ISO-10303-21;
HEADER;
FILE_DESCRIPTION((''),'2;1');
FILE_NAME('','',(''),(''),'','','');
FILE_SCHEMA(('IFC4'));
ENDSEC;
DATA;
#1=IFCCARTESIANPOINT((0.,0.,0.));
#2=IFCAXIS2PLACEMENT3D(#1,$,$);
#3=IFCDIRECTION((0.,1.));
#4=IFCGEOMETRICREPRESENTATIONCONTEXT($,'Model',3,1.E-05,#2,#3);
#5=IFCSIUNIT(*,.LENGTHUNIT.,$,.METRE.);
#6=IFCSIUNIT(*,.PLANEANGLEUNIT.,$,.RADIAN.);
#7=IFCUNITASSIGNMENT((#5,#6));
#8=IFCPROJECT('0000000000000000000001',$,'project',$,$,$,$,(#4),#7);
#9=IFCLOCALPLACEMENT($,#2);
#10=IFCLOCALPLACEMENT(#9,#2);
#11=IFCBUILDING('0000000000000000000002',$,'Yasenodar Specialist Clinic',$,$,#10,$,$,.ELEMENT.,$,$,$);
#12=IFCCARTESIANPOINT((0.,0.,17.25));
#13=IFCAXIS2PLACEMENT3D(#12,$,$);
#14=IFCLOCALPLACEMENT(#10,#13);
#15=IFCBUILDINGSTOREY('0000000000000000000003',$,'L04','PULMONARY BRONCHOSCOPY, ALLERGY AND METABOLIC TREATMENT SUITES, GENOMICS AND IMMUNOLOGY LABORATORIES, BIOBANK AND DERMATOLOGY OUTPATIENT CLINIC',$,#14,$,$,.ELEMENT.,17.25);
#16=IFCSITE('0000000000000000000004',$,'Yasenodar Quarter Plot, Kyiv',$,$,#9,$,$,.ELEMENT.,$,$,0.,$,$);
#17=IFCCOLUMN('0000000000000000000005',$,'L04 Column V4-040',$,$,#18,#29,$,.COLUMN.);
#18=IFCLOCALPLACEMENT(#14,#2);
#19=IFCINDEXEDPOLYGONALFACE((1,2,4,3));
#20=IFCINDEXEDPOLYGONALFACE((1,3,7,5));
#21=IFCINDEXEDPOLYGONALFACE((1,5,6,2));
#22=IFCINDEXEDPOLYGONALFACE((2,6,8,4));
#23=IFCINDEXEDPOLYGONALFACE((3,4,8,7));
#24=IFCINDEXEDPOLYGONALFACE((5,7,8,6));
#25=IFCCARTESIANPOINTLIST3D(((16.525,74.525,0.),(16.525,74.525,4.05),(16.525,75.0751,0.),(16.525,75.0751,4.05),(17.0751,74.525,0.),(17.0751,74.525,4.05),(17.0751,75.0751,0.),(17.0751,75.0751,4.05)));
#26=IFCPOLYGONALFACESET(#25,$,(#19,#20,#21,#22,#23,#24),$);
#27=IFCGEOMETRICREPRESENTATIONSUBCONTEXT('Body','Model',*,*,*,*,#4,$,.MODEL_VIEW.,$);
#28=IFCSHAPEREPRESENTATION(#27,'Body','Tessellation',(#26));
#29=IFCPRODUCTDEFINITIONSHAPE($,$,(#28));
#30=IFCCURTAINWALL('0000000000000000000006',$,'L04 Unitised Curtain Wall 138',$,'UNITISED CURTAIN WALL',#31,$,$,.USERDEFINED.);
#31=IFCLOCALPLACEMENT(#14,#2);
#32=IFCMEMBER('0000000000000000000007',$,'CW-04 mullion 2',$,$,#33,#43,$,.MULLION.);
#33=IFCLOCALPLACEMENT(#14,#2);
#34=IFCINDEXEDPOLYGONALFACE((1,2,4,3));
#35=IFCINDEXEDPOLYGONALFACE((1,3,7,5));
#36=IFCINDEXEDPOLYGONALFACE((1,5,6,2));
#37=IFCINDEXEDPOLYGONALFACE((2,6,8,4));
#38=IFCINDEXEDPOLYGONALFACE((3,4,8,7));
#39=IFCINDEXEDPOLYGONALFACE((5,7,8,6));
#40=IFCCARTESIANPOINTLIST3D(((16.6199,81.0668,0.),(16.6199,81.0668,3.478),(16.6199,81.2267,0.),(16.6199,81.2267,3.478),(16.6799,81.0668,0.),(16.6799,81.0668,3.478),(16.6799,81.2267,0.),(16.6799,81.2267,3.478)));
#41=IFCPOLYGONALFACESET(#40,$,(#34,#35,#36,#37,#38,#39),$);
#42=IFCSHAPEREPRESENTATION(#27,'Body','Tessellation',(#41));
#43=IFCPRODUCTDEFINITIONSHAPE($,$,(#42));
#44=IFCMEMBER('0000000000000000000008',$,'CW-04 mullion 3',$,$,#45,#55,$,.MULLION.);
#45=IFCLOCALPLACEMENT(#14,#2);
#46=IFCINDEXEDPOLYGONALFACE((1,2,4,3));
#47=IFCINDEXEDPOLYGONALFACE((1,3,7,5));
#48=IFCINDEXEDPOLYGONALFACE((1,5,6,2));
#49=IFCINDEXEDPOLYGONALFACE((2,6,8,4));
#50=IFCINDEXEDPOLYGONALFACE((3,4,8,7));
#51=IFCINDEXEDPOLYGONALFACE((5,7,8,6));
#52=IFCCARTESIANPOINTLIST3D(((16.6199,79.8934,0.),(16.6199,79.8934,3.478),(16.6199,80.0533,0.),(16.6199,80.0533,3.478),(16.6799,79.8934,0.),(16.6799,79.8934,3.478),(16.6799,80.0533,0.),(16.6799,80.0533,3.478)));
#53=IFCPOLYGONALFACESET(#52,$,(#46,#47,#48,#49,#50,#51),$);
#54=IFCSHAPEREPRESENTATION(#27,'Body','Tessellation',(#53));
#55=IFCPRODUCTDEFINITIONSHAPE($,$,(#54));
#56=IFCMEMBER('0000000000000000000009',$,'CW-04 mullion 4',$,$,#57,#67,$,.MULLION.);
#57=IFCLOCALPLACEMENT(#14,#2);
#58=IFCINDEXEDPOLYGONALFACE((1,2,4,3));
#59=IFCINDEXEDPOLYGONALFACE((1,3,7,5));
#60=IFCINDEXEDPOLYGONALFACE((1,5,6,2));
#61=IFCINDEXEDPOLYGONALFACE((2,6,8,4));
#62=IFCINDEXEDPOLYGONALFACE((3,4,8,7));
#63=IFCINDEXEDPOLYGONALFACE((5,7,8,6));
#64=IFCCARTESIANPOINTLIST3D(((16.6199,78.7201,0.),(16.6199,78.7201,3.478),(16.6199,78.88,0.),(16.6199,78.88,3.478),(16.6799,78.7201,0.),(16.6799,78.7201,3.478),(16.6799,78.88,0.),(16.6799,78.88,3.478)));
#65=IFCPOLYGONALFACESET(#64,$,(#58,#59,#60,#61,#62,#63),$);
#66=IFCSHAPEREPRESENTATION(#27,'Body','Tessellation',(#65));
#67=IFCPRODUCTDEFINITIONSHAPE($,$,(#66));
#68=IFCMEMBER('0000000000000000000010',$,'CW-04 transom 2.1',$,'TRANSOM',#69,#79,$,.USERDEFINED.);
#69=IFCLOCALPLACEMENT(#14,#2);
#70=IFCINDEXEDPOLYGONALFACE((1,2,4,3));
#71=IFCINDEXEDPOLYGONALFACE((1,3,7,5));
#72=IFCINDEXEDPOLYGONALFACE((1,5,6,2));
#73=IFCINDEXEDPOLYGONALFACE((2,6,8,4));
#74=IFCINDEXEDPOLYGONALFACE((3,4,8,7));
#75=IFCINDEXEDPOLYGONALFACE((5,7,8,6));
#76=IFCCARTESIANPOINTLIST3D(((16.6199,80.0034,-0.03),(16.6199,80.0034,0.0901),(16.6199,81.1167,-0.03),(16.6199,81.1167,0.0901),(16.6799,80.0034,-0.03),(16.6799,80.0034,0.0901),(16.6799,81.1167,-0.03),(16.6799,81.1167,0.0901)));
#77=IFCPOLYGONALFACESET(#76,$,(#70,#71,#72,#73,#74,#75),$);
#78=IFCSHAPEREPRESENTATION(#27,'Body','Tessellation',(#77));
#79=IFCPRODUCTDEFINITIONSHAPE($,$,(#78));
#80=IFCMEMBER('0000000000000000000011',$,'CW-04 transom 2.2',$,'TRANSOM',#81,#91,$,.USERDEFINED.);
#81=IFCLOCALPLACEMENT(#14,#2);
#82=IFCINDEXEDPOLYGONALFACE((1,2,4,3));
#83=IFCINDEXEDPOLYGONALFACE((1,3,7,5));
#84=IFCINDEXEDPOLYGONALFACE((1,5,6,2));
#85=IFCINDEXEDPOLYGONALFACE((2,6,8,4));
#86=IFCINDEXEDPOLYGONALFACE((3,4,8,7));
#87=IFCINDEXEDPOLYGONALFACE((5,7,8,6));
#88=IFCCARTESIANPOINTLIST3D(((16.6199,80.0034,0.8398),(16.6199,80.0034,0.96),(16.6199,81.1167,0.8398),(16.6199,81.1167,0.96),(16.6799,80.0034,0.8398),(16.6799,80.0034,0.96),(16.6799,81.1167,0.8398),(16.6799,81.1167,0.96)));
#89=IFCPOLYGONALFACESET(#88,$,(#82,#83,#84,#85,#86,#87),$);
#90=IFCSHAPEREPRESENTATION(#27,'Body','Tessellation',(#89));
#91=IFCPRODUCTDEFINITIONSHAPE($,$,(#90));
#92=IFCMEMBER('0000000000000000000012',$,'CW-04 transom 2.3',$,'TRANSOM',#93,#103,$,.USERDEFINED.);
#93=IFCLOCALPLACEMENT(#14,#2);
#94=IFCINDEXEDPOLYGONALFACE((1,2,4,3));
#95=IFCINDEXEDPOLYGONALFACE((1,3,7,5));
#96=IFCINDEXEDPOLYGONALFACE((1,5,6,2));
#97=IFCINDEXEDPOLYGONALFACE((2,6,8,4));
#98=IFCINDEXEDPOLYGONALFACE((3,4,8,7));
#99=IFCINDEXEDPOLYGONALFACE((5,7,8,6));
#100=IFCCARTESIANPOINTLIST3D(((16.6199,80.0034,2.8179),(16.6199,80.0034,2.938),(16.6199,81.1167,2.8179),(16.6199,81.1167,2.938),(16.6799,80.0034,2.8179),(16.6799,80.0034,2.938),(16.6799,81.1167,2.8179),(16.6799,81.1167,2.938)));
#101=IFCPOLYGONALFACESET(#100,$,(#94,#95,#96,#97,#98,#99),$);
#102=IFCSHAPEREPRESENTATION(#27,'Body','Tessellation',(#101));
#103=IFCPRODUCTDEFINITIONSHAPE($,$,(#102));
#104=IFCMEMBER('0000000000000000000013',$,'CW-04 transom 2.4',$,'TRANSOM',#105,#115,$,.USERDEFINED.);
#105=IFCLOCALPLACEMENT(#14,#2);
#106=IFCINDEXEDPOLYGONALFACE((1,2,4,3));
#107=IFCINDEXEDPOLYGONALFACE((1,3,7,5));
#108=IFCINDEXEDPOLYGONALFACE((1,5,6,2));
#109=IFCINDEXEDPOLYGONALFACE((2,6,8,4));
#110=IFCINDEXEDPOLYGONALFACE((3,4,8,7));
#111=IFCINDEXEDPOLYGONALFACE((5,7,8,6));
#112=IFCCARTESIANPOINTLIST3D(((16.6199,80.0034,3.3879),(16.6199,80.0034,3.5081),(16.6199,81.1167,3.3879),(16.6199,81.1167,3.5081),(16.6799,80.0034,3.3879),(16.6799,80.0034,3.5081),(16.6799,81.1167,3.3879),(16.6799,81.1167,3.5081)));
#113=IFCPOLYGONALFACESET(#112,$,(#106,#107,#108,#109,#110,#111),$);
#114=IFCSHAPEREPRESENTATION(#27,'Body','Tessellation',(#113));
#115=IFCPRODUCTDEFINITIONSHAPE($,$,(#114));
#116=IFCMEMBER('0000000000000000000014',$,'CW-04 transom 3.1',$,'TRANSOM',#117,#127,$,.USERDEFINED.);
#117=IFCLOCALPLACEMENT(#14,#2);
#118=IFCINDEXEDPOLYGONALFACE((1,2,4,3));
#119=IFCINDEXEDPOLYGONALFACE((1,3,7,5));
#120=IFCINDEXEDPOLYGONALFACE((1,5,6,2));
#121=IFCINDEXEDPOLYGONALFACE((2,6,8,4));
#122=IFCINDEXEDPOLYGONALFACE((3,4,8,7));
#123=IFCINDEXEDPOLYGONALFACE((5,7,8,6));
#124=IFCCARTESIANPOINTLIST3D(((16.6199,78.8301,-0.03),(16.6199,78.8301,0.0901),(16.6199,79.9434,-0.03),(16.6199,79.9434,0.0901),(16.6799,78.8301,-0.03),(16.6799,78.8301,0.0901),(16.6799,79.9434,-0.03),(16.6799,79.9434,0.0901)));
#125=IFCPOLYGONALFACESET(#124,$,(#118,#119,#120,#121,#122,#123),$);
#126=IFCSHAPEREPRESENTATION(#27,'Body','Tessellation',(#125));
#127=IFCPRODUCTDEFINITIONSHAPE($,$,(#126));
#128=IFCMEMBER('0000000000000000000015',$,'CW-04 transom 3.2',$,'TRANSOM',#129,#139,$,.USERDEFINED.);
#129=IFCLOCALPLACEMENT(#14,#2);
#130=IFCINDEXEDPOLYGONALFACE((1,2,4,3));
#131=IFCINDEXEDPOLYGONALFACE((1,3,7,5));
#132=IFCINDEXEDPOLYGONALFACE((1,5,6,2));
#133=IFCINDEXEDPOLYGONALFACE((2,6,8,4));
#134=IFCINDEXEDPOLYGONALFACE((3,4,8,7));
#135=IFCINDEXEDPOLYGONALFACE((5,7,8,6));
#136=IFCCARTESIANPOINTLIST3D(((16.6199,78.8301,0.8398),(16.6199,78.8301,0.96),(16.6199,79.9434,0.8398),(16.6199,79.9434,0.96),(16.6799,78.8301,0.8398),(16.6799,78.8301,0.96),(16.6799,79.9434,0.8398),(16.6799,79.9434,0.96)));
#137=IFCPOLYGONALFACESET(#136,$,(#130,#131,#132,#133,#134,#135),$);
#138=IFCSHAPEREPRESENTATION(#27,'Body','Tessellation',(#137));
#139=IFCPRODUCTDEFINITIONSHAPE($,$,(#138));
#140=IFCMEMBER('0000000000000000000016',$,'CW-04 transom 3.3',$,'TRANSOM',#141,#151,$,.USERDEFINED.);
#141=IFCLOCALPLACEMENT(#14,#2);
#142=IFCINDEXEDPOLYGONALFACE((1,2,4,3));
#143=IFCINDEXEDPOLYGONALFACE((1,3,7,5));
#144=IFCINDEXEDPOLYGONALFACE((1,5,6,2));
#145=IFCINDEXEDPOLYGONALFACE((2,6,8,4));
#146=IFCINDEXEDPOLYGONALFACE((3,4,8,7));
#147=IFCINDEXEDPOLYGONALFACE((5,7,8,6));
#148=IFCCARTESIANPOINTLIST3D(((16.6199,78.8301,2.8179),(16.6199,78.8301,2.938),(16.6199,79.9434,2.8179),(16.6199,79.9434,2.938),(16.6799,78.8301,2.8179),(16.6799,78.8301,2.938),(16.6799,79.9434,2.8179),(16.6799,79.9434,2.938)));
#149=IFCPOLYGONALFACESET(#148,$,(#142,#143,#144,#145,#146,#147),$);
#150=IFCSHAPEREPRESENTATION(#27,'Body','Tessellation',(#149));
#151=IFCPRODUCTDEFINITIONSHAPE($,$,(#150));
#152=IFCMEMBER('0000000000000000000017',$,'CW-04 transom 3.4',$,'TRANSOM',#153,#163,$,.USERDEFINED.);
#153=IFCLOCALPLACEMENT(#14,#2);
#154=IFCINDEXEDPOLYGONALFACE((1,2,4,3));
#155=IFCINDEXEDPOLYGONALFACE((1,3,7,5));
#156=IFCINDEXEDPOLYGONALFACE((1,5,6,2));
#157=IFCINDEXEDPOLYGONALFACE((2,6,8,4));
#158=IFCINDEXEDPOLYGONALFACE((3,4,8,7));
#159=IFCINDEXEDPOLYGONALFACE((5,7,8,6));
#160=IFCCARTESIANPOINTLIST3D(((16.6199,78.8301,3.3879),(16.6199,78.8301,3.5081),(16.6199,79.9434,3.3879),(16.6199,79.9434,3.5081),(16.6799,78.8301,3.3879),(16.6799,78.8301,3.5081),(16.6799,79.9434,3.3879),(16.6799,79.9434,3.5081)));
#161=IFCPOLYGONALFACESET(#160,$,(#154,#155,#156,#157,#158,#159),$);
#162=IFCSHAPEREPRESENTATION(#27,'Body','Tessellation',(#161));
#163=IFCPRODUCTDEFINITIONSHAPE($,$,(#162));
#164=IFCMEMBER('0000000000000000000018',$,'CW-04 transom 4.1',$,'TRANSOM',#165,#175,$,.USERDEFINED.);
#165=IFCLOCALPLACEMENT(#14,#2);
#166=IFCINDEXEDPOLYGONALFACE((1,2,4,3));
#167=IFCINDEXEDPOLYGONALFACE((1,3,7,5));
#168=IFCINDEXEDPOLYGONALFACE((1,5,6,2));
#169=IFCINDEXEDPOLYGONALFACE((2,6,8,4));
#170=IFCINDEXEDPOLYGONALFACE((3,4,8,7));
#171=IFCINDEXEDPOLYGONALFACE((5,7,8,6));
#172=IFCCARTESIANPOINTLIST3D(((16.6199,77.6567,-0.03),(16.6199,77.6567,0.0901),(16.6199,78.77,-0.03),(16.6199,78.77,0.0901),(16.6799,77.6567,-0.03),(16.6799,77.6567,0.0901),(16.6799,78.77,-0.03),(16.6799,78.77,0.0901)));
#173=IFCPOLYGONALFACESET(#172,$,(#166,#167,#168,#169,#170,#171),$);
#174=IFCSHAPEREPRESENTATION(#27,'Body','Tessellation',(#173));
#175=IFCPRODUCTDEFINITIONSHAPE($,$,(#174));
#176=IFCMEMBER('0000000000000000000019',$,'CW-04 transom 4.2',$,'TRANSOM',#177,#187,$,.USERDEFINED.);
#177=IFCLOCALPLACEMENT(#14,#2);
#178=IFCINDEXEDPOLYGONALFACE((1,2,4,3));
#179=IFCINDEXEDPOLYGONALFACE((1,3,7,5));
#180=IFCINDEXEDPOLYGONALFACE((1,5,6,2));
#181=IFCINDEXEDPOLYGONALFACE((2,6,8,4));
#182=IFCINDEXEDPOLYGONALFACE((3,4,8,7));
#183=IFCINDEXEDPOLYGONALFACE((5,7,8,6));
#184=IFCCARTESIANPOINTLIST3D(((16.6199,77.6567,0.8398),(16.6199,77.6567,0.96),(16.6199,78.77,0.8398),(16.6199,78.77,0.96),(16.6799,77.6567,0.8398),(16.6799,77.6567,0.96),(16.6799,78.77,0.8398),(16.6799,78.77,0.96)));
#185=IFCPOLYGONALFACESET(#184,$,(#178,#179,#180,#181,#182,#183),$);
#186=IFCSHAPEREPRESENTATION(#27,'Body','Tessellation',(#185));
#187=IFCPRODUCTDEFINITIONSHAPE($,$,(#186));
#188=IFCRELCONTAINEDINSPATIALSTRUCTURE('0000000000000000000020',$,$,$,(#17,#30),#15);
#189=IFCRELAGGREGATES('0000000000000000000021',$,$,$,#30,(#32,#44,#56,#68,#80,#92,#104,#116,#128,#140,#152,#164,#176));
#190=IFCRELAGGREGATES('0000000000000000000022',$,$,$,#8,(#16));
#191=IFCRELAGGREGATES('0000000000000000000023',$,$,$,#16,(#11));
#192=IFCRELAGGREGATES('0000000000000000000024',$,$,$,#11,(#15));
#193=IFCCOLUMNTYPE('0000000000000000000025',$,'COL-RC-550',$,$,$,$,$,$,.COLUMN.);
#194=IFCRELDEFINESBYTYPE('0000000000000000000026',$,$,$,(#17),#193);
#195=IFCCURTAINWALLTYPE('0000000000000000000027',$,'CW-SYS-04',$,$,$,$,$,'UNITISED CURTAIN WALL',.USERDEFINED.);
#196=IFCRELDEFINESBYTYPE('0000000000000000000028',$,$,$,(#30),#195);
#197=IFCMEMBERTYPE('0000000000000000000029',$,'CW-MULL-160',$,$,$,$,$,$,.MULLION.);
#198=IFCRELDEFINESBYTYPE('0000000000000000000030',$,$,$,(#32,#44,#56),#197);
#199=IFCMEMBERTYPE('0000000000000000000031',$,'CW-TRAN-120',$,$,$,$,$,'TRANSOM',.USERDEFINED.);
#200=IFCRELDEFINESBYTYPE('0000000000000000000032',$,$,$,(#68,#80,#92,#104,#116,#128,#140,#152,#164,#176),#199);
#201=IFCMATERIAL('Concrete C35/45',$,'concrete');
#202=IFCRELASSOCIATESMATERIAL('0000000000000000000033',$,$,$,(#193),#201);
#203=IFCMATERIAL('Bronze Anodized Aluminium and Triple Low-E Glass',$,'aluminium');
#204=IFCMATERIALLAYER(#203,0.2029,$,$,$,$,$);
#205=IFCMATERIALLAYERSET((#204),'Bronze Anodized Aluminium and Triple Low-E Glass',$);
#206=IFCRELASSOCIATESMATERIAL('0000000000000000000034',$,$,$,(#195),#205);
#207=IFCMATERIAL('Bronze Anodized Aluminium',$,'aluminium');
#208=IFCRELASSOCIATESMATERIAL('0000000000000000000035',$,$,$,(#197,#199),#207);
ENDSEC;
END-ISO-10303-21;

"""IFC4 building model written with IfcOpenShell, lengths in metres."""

from ifc_helpers import new_model, si_unit, direction, frame, origin, origin_2d, place, context, subcontext, project, spatial, rectangle, extrude, material, layer, layer_set, material_profile, profile_set, type_object, element, aggregate, save


model = new_model("IFC4")

# Units and contexts
model_context = context("Model", 3, precision=1e-05, world=origin(), true_north=direction((0.0, 1.0)))
body_context = subcontext(model_context, "Body", "Model", "MODEL_VIEW")
ifc_project = project(units=[si_unit("LENGTHUNIT", "METRE"), si_unit("PLANEANGLEUNIT", "RADIAN")], contexts=[model_context])

# Site, building, storey
site_placement = place(None, origin())
site = spatial("IfcSite", under=ifc_project, at=site_placement, Name="Yasenodar Quarter Plot, Kyiv", CompositionType="ELEMENT", RefElevation=0.0)
building_placement = place(site_placement, origin())
building = spatial("IfcBuilding", under=site, at=building_placement, Name="Yasenodar Specialist Clinic", CompositionType="ELEMENT")
storey_placement = place(building_placement, frame((0.0, 0.0, 17.25)))
storey = spatial("IfcBuildingStorey", under=building, at=storey_placement, Name="L04", Description="PULMONARY BRONCHOSCOPY, ALLERGY AND METABOLIC TREATMENT SUITES, GENOMICS AND IMMUNOLOGY LABORATORIES, BIOBANK AND DERMATOLOGY OUTPATIENT CLINIC", CompositionType="ELEMENT", Elevation=17.25)

# Column
ifc_material_1 = material(Name="Concrete C35/45", Category="concrete")
ifc_material_profile_1 = material_profile(ifc_material_1, rectangle(XDim=0.55, YDim=0.55, at=origin_2d()), Name="RC 550x550")
ifc_profile_set_1 = profile_set([ifc_material_profile_1], Name="Concrete C35/45")
column_type = type_object("IfcColumnType", Name="COL-RC-550", PredefinedType="COLUMN", material=ifc_profile_set_1)
column_placement = place(storey_placement, frame((16.8, 74.8, 0.0), z_axis=(0.0, 0.0, 1.0), x_axis=(1.0, 0.0, 0.0)))
element("IfcColumn", 1, at=column_placement, inside=storey, type_object=column_type, Name="L04 Column V4-040", PredefinedType="COLUMN", context=body_context, shape_type="SweptSolid", body=[
    extrude(rectangle(XDim=0.55, YDim=0.55, at=origin_2d()), origin(), (0.0, 0.0, 1.0), 4.05),
])

# Curtain wall, members
ifc_material_2 = material(Name="Bronze Anodized Aluminium and Triple Low-E Glass", Category="aluminium")
ifc_layer_1 = layer(ifc_material_2, 0.2029)
ifc_layer_set_1 = layer_set([ifc_layer_1], Name="Bronze Anodized Aluminium and Triple Low-E Glass")
curtain_wall_type = type_object("IfcCurtainWallType", Name="CW-SYS-04", ElementType="UNITISED CURTAIN WALL", PredefinedType="USERDEFINED", material=ifc_layer_set_1)
curtain_wall_placement = place(storey_placement, origin())
curtain_wall = element("IfcCurtainWall", 2, at=curtain_wall_placement, inside=storey, type_object=curtain_wall_type, Name="L04 Unitised Curtain Wall 138", ObjectType="UNITISED CURTAIN WALL", PredefinedType="USERDEFINED")
ifc_material_3 = material(Name="Bronze Anodized Aluminium", Category="aluminium")
ifc_material_profile_2 = material_profile(ifc_material_3, rectangle(XDim=0.0601, YDim=0.1599, at=origin_2d()), Name="CW-MULL 60x160")
ifc_profile_set_2 = profile_set([ifc_material_profile_2], Name="Bronze Anodized Aluminium")
member_type_1 = type_object("IfcMemberType", Name="CW-MULL-160", PredefinedType="MULLION", material=ifc_profile_set_2)
member_1_placement = place(storey_placement, frame((16.6499, 81.1467, 0.0), z_axis=(0.0, 0.0, 1.0), x_axis=(1.0, 0.0, 0.0)))
member_1 = element("IfcMember", 3, at=member_1_placement, type_object=member_type_1, Name="CW-04 mullion 2", PredefinedType="MULLION", context=body_context, shape_type="SweptSolid", body=[
    extrude(rectangle(XDim=0.0601, YDim=0.1599, at=origin_2d()), origin(), (0.0, 0.0, 1.0), 3.478),
])
member_2_placement = place(storey_placement, frame((16.6499, 79.9734, 0.0), z_axis=(0.0, 0.0, 1.0), x_axis=(1.0, 0.0, 0.0)))
member_2 = element("IfcMember", 4, at=member_2_placement, type_object=member_type_1, Name="CW-04 mullion 3", PredefinedType="MULLION", context=body_context, shape_type="SweptSolid", body=[
    extrude(rectangle(XDim=0.0601, YDim=0.1599, at=origin_2d()), origin(), (0.0, 0.0, 1.0), 3.478),
])
member_3_placement = place(storey_placement, frame((16.6499, 78.8, 0.0), z_axis=(0.0, 0.0, 1.0), x_axis=(1.0, 0.0, 0.0)))
member_3 = element("IfcMember", 5, at=member_3_placement, type_object=member_type_1, Name="CW-04 mullion 4", PredefinedType="MULLION", context=body_context, shape_type="SweptSolid", body=[
    extrude(rectangle(XDim=0.0601, YDim=0.1599, at=origin_2d()), origin(), (0.0, 0.0, 1.0), 3.478),
])
ifc_material_profile_3 = material_profile(ifc_material_3, rectangle(XDim=0.0601, YDim=0.1201, at=origin_2d()), Name="CW-TRAN 60x120")
ifc_profile_set_3 = profile_set([ifc_material_profile_3], Name="Bronze Anodized Aluminium")
member_type_2 = type_object("IfcMemberType", Name="CW-TRAN-120", ElementType="TRANSOM", PredefinedType="USERDEFINED", material=ifc_profile_set_3)
member_4_placement = place(storey_placement, frame((16.6499, 81.1167, 0.03), z_axis=(0.0, -1.0, 0.0), x_axis=(1.0, 0.0, 0.0)))
member_4 = element("IfcMember", 6, at=member_4_placement, type_object=member_type_2, Name="CW-04 transom 2.1", ObjectType="TRANSOM", PredefinedType="USERDEFINED", context=body_context, shape_type="SweptSolid", body=[
    extrude(rectangle(XDim=0.0601, YDim=0.1201, at=origin_2d()), origin(), (0.0, 0.0, 1.0), 1.1133),
])
member_5_placement = place(storey_placement, frame((16.6499, 81.1167, 0.8999), z_axis=(0.0, -1.0, 0.0), x_axis=(1.0, 0.0, 0.0)))
member_5 = element("IfcMember", 7, at=member_5_placement, type_object=member_type_2, Name="CW-04 transom 2.2", ObjectType="TRANSOM", PredefinedType="USERDEFINED", context=body_context, shape_type="SweptSolid", body=[
    extrude(rectangle(XDim=0.0601, YDim=0.1201, at=origin_2d()), origin(), (0.0, 0.0, 1.0), 1.1133),
])
member_6_placement = place(storey_placement, frame((16.6499, 81.1167, 2.8779), z_axis=(0.0, -1.0, 0.0), x_axis=(1.0, 0.0, 0.0)))
member_6 = element("IfcMember", 8, at=member_6_placement, type_object=member_type_2, Name="CW-04 transom 2.3", ObjectType="TRANSOM", PredefinedType="USERDEFINED", context=body_context, shape_type="SweptSolid", body=[
    extrude(rectangle(XDim=0.0601, YDim=0.1201, at=origin_2d()), origin(), (0.0, 0.0, 1.0), 1.1133),
])
member_7_placement = place(storey_placement, frame((16.6499, 81.1167, 3.448), z_axis=(0.0, -1.0, 0.0), x_axis=(1.0, 0.0, 0.0)))
member_7 = element("IfcMember", 9, at=member_7_placement, type_object=member_type_2, Name="CW-04 transom 2.4", ObjectType="TRANSOM", PredefinedType="USERDEFINED", context=body_context, shape_type="SweptSolid", body=[
    extrude(rectangle(XDim=0.0601, YDim=0.1201, at=origin_2d()), origin(), (0.0, 0.0, 1.0), 1.1133),
])
member_8_placement = place(storey_placement, frame((16.6499, 79.9434, 0.03), z_axis=(0.0, -1.0, 0.0), x_axis=(1.0, 0.0, 0.0)))
member_8 = element("IfcMember", 10, at=member_8_placement, type_object=member_type_2, Name="CW-04 transom 3.1", ObjectType="TRANSOM", PredefinedType="USERDEFINED", context=body_context, shape_type="SweptSolid", body=[
    extrude(rectangle(XDim=0.0601, YDim=0.1201, at=origin_2d()), origin(), (0.0, 0.0, 1.0), 1.1133),
])
member_9_placement = place(storey_placement, frame((16.6499, 79.9434, 0.8999), z_axis=(0.0, -1.0, 0.0), x_axis=(1.0, 0.0, 0.0)))
member_9 = element("IfcMember", 11, at=member_9_placement, type_object=member_type_2, Name="CW-04 transom 3.2", ObjectType="TRANSOM", PredefinedType="USERDEFINED", context=body_context, shape_type="SweptSolid", body=[
    extrude(rectangle(XDim=0.0601, YDim=0.1201, at=origin_2d()), origin(), (0.0, 0.0, 1.0), 1.1133),
])
member_10_placement = place(storey_placement, frame((16.6499, 79.9434, 2.8779), z_axis=(0.0, -1.0, 0.0), x_axis=(1.0, 0.0, 0.0)))
member_10 = element("IfcMember", 12, at=member_10_placement, type_object=member_type_2, Name="CW-04 transom 3.3", ObjectType="TRANSOM", PredefinedType="USERDEFINED", context=body_context, shape_type="SweptSolid", body=[
    extrude(rectangle(XDim=0.0601, YDim=0.1201, at=origin_2d()), origin(), (0.0, 0.0, 1.0), 1.1133),
])
member_11_placement = place(storey_placement, frame((16.6499, 79.9434, 3.448), z_axis=(0.0, -1.0, 0.0), x_axis=(1.0, 0.0, 0.0)))
member_11 = element("IfcMember", 13, at=member_11_placement, type_object=member_type_2, Name="CW-04 transom 3.4", ObjectType="TRANSOM", PredefinedType="USERDEFINED", context=body_context, shape_type="SweptSolid", body=[
    extrude(rectangle(XDim=0.0601, YDim=0.1201, at=origin_2d()), origin(), (0.0, 0.0, 1.0), 1.1133),
])
member_12_placement = place(storey_placement, frame((16.6499, 78.77, 0.03), z_axis=(0.0, -1.0, 0.0), x_axis=(1.0, 0.0, 0.0)))
member_12 = element("IfcMember", 14, at=member_12_placement, type_object=member_type_2, Name="CW-04 transom 4.1", ObjectType="TRANSOM", PredefinedType="USERDEFINED", context=body_context, shape_type="SweptSolid", body=[
    extrude(rectangle(XDim=0.0601, YDim=0.1201, at=origin_2d()), origin(), (0.0, 0.0, 1.0), 1.1133),
])
member_13_placement = place(storey_placement, frame((16.6499, 78.77, 0.8999), z_axis=(0.0, -1.0, 0.0), x_axis=(1.0, 0.0, 0.0)))
member_13 = element("IfcMember", 15, at=member_13_placement, type_object=member_type_2, Name="CW-04 transom 4.2", ObjectType="TRANSOM", PredefinedType="USERDEFINED", context=body_context, shape_type="SweptSolid", body=[
    extrude(rectangle(XDim=0.0601, YDim=0.1201, at=origin_2d()), origin(), (0.0, 0.0, 1.0), 1.1133),
])
aggregate(curtain_wall, [member_1, member_2, member_3, member_4, member_5, member_6, member_7, member_8, member_9, member_10, member_11, member_12, member_13])

save(model, "model.ifc")
